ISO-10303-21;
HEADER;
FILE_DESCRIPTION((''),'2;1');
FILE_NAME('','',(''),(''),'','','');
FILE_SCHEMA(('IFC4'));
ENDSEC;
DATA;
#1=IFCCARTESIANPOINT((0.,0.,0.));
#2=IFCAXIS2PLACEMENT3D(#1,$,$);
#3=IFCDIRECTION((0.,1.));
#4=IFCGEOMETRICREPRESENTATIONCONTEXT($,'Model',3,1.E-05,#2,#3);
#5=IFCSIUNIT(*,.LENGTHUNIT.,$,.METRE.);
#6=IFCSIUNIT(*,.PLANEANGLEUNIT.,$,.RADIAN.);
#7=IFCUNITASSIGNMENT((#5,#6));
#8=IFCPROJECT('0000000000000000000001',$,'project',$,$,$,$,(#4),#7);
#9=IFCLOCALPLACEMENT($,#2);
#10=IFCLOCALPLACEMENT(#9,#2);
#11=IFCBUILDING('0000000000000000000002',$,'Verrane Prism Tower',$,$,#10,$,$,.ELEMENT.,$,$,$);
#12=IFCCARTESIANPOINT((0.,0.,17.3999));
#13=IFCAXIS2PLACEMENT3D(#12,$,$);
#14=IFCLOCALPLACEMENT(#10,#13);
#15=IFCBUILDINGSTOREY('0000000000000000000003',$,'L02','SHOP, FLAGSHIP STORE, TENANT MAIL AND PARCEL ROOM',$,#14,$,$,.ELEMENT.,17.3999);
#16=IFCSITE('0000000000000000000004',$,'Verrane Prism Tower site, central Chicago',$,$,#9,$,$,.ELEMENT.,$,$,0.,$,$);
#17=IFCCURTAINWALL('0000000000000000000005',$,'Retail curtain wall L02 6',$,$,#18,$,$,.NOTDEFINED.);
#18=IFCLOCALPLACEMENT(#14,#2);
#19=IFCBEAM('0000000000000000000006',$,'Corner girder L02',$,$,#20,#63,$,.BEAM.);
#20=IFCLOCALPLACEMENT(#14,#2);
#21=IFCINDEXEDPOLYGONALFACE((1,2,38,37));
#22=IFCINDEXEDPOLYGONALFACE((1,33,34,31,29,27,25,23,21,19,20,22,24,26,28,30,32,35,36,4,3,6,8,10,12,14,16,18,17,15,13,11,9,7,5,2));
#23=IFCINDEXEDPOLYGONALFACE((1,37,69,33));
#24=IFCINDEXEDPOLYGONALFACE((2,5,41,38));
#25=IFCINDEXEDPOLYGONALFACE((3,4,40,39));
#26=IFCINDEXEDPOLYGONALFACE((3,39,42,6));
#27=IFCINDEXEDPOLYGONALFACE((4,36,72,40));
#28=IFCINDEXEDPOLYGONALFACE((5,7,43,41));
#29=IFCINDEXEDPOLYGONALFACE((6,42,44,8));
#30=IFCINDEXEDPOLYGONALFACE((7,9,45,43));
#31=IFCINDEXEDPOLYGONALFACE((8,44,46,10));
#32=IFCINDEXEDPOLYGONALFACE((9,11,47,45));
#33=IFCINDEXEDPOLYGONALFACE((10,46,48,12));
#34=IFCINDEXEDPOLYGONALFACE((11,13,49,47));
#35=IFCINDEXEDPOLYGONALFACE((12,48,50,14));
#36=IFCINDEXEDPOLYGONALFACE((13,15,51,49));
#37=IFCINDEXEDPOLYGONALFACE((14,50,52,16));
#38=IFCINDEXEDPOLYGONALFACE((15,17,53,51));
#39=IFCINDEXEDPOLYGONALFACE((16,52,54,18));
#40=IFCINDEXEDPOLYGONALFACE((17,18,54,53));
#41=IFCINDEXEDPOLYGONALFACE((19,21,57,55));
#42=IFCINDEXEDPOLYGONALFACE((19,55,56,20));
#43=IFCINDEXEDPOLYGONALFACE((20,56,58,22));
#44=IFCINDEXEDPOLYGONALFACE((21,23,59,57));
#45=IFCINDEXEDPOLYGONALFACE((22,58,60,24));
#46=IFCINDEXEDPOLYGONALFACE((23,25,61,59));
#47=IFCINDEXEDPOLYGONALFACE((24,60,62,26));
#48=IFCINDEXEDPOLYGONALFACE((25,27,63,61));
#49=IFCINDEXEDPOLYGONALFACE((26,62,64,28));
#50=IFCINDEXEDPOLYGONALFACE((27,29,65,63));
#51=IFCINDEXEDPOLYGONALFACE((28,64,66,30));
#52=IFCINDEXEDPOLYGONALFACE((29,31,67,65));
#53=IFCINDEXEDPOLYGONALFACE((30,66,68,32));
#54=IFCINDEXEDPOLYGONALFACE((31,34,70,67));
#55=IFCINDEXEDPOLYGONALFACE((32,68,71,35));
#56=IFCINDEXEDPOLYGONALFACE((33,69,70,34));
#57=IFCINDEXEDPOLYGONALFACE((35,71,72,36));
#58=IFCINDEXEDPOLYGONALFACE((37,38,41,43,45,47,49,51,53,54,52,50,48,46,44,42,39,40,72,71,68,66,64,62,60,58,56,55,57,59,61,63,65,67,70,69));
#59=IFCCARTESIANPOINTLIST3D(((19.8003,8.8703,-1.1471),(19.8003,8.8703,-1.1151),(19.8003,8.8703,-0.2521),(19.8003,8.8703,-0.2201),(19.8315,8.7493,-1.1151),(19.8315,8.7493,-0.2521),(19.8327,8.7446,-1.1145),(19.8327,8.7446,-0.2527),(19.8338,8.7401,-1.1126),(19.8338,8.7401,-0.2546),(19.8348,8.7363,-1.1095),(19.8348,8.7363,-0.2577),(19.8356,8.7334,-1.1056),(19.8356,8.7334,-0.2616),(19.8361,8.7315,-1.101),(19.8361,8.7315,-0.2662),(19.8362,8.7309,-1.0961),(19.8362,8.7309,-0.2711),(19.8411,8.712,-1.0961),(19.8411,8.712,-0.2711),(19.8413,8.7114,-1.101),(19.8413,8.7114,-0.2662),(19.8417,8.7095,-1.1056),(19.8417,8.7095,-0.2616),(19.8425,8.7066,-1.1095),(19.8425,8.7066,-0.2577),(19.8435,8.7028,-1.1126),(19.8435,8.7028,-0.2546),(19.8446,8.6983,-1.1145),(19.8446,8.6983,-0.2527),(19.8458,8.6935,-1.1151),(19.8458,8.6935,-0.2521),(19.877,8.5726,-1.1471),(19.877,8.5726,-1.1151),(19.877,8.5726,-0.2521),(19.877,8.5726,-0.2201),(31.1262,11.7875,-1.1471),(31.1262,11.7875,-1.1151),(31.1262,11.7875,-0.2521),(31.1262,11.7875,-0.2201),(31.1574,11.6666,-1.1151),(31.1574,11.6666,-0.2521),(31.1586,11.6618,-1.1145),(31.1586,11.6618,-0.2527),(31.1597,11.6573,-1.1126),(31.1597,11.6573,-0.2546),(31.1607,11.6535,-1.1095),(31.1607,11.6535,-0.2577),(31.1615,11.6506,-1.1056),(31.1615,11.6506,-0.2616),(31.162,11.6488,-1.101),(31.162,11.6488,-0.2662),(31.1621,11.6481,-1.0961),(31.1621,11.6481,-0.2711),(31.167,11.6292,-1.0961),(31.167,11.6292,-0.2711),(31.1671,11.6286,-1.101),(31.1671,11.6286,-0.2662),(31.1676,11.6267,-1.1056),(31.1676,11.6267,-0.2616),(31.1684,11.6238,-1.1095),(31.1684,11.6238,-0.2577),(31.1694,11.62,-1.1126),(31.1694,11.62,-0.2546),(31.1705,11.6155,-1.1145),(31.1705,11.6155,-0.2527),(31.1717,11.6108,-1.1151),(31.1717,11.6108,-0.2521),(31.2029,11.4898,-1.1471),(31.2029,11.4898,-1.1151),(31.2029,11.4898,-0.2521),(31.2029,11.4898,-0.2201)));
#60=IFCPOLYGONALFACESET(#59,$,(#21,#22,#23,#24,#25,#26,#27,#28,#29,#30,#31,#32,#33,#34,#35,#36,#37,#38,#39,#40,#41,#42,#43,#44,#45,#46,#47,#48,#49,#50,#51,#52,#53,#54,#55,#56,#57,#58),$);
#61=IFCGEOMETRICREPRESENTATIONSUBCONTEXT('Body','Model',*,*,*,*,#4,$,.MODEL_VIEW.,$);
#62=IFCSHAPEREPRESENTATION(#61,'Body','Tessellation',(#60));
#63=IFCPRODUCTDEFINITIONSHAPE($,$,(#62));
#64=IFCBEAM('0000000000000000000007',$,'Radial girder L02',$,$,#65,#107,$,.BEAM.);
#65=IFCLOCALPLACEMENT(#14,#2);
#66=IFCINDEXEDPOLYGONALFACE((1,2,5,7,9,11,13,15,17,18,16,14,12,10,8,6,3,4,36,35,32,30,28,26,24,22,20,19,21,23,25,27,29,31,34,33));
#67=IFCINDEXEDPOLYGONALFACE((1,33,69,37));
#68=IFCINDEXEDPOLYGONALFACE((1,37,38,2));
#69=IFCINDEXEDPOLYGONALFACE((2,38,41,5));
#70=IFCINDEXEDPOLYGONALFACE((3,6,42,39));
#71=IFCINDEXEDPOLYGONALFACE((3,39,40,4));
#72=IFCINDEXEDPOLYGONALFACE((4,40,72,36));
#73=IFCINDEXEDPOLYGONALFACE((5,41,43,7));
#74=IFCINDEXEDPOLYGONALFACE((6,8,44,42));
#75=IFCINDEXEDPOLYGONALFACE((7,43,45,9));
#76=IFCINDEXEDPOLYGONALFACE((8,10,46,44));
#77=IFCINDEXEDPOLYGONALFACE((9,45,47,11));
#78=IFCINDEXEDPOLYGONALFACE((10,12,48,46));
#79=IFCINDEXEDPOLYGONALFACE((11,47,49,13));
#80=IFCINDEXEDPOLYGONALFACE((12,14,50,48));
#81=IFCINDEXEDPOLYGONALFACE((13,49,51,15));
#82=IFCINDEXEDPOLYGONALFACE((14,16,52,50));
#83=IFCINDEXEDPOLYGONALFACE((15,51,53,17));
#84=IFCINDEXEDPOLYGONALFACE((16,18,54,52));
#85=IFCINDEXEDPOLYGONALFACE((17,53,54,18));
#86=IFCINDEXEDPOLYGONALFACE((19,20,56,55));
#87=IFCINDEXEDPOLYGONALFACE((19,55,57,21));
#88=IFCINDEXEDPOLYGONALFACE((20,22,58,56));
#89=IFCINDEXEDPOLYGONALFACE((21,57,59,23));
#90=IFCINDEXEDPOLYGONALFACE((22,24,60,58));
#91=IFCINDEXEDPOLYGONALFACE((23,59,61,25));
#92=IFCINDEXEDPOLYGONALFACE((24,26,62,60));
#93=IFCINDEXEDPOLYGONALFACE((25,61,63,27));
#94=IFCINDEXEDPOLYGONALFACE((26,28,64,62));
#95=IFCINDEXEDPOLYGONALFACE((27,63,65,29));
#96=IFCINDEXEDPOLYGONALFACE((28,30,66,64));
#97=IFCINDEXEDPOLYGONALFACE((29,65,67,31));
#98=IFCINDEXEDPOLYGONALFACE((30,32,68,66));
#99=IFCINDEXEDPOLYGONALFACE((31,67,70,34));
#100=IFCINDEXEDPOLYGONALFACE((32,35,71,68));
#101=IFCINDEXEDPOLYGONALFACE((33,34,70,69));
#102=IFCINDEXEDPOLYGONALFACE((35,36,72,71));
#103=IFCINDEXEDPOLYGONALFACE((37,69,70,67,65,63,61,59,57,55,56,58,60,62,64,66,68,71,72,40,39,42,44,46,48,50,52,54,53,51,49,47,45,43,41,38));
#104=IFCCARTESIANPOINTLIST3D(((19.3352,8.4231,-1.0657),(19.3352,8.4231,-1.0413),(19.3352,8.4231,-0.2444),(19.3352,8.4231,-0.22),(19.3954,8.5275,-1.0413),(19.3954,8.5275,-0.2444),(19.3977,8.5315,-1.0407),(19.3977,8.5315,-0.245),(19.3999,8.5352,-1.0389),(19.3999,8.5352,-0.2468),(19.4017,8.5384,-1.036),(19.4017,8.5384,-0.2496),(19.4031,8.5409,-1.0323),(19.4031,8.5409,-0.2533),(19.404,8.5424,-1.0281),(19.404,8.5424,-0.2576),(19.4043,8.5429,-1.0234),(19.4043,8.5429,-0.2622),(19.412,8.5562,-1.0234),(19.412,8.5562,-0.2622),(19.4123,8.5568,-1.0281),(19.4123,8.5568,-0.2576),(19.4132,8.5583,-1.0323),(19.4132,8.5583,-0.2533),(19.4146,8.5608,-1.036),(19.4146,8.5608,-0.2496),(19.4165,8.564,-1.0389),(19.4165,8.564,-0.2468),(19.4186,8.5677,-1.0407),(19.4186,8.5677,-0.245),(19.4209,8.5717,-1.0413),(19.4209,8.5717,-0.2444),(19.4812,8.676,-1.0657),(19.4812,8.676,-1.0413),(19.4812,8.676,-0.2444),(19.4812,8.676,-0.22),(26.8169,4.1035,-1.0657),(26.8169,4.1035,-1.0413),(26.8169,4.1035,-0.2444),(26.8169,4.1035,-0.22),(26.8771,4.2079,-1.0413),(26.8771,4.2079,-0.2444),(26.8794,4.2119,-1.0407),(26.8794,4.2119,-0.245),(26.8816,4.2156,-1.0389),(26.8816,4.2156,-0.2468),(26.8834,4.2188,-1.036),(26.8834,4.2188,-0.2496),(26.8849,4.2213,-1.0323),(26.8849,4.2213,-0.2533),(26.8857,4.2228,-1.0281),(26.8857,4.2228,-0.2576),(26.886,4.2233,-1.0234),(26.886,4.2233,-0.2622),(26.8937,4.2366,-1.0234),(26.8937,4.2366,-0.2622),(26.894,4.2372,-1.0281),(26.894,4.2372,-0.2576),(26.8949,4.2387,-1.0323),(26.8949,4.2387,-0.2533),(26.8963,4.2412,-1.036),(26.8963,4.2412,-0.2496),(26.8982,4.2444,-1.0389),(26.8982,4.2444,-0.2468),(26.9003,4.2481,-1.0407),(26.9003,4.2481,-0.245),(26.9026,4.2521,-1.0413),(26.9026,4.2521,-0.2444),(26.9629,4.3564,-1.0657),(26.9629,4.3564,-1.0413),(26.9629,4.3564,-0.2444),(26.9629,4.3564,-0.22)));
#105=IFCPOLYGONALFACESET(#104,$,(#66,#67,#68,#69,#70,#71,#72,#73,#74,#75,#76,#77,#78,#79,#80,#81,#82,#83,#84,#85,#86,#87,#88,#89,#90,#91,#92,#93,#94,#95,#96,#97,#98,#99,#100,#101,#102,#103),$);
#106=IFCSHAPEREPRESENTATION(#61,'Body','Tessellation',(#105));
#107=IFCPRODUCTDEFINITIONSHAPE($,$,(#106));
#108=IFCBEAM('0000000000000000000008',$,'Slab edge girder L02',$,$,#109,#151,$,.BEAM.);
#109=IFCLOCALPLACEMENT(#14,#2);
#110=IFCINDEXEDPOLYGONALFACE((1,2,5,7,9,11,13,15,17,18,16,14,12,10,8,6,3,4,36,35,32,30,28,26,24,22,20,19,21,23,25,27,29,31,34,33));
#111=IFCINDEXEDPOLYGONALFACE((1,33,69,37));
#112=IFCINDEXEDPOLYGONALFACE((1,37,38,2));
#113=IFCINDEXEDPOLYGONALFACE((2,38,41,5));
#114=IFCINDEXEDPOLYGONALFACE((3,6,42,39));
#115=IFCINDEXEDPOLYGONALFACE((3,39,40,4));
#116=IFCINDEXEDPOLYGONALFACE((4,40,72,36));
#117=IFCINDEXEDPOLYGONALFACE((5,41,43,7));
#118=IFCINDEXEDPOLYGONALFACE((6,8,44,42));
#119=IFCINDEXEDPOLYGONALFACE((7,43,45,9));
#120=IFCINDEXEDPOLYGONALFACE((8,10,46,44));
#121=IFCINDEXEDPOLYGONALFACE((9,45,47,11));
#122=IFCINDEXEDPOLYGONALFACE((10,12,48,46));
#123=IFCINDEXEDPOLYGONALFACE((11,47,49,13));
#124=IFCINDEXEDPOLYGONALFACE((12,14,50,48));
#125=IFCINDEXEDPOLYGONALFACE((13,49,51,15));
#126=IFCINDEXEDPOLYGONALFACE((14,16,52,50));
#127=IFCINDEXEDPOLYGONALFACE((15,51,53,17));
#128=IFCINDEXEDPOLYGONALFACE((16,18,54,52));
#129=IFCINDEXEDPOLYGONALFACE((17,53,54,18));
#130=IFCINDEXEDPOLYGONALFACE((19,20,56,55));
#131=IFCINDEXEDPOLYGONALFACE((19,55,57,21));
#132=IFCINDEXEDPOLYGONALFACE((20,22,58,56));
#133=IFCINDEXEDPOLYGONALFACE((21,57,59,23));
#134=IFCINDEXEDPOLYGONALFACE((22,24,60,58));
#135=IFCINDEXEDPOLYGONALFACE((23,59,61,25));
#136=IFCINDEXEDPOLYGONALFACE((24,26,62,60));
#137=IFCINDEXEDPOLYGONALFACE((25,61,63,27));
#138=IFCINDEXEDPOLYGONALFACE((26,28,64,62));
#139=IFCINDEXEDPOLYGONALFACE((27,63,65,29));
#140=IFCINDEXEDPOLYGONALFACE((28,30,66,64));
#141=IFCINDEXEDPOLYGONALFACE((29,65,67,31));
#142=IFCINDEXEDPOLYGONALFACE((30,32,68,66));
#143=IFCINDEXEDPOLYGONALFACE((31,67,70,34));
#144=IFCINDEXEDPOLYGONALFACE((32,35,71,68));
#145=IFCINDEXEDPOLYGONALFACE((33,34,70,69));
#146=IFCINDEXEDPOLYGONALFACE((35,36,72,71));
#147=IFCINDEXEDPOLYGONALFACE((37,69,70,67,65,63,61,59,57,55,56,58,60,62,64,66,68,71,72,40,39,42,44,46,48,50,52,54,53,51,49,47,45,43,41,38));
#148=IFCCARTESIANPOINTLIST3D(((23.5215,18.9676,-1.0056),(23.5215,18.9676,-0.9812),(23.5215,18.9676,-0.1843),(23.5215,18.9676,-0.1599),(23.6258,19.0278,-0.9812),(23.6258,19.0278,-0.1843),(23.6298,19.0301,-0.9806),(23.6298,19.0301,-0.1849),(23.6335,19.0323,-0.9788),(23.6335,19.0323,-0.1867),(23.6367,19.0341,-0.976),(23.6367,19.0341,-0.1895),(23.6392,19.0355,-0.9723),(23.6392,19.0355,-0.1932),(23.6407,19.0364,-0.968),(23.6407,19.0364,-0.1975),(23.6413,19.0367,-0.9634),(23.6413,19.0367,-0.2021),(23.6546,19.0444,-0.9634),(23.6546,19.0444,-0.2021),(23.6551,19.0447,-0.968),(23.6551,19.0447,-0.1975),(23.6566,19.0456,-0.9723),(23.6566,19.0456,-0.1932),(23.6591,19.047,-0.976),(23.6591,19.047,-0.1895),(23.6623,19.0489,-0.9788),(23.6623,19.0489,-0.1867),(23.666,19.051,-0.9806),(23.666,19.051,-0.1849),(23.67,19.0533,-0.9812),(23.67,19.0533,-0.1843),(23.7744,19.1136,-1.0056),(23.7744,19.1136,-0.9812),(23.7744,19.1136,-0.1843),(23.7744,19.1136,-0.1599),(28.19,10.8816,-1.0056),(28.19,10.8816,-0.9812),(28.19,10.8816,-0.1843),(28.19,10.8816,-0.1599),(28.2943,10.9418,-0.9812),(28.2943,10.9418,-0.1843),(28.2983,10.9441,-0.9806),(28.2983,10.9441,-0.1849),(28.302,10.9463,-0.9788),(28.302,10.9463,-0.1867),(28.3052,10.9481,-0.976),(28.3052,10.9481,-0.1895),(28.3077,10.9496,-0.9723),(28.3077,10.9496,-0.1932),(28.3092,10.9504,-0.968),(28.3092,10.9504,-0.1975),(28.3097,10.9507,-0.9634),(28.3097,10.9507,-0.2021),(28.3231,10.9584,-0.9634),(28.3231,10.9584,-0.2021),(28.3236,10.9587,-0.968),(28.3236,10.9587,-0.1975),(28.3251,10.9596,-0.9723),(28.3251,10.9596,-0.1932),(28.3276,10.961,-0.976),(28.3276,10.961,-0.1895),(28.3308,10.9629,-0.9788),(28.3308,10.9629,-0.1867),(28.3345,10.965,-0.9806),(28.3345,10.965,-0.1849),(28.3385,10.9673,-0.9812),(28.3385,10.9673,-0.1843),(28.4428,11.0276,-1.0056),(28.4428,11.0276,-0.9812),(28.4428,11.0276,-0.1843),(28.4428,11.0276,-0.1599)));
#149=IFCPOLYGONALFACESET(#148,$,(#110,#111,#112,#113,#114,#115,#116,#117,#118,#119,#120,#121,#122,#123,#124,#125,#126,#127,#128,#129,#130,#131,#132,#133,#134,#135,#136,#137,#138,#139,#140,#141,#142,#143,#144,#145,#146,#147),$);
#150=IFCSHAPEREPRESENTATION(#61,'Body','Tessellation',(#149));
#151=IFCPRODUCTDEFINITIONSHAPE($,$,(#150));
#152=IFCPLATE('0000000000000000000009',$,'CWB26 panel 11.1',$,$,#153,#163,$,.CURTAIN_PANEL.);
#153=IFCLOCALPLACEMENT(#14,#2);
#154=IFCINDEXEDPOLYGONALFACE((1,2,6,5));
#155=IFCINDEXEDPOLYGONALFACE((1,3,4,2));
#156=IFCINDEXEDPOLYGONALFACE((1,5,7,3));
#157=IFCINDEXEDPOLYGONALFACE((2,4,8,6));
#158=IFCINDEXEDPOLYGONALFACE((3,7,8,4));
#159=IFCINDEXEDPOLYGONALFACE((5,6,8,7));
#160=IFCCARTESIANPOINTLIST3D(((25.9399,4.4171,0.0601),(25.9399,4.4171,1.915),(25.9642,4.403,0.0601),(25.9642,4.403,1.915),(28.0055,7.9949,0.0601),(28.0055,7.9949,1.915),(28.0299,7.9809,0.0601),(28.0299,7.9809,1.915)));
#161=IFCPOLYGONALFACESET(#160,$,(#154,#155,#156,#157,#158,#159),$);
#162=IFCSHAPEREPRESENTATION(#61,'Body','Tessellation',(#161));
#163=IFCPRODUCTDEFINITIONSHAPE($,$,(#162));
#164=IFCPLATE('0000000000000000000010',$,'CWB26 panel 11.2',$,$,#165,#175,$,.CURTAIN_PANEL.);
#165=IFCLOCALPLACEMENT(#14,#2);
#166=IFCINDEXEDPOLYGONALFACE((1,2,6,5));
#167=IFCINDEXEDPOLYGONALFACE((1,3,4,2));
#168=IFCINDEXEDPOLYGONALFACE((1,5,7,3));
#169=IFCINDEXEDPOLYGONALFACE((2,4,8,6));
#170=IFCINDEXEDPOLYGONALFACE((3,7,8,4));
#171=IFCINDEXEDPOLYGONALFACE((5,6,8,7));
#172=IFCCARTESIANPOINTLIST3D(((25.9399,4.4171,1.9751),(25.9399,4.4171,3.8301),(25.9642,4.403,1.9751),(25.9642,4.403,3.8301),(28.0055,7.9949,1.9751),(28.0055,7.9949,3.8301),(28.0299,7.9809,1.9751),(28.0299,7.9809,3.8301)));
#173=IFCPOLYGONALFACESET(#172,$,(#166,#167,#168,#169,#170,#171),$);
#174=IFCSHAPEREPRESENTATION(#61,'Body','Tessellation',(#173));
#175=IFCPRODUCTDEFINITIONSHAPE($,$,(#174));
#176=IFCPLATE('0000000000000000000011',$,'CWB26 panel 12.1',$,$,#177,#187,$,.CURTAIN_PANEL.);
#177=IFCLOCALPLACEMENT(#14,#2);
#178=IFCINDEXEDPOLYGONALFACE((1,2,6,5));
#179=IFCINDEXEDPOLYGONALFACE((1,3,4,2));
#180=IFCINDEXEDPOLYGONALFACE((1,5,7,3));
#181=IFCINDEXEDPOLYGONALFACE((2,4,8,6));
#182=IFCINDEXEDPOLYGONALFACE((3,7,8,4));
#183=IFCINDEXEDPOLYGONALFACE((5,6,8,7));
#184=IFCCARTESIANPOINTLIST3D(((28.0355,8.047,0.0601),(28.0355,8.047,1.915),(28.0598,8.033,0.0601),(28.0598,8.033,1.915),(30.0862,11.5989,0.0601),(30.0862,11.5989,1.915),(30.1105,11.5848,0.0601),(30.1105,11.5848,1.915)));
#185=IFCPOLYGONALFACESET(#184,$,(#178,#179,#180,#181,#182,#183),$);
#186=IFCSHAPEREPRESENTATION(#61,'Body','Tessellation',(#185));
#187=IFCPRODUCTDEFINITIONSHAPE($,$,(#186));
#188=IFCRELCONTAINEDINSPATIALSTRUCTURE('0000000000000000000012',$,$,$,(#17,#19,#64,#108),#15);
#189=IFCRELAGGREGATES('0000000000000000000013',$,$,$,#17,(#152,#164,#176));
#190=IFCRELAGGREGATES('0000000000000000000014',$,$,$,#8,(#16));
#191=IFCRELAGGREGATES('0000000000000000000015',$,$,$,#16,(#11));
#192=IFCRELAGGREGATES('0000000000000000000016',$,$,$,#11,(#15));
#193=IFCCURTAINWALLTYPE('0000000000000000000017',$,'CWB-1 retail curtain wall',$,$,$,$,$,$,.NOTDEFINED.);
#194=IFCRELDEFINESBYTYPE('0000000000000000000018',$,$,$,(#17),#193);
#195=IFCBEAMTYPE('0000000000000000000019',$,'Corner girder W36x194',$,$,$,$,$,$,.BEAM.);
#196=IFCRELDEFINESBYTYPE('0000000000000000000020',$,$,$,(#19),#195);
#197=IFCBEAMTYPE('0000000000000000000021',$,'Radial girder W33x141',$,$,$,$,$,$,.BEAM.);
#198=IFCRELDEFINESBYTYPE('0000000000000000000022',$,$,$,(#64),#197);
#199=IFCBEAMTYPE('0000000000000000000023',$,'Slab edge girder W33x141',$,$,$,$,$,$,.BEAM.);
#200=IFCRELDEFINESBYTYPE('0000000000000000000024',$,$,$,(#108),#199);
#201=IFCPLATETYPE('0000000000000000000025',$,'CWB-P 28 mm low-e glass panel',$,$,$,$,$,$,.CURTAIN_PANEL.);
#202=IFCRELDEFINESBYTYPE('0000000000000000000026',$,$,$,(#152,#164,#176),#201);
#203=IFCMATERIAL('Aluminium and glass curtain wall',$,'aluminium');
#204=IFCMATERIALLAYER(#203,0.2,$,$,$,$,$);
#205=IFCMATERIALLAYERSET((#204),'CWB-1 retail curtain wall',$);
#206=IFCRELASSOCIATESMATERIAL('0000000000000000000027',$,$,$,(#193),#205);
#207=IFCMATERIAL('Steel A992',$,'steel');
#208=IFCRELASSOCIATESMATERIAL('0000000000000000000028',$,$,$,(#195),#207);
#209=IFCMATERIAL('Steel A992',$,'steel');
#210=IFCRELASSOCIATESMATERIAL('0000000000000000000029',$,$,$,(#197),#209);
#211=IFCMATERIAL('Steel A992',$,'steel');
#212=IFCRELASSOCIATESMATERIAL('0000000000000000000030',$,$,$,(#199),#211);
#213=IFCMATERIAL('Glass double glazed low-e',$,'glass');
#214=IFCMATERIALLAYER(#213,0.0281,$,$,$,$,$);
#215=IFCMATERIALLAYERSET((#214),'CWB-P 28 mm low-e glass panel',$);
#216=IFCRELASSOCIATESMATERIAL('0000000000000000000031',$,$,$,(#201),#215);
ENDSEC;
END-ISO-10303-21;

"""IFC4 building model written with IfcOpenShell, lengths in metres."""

from ifc_helpers import new_model, si_unit, direction, frame, origin, origin_2d, place, context, subcontext, project, spatial, rectangle, i_section, extrude, material, layer, layer_set, material_profile, profile_set, type_object, element, aggregate, save


model = new_model("IFC4")

# Units and contexts
model_context = context("Model", 3, precision=1e-05, world=origin(), true_north=direction((0.0, 1.0)))
body_context = subcontext(model_context, "Body", "Model", "MODEL_VIEW")
ifc_project = project(units=[si_unit("LENGTHUNIT", "METRE"), si_unit("PLANEANGLEUNIT", "RADIAN")], contexts=[model_context])

# Site, building, storey
site_placement = place(None, origin())
site = spatial("IfcSite", under=ifc_project, at=site_placement, Name="Verrane Prism Tower site, central Chicago", CompositionType="ELEMENT", RefElevation=0.0)
building_placement = place(site_placement, origin())
building = spatial("IfcBuilding", under=site, at=building_placement, Name="Verrane Prism Tower", CompositionType="ELEMENT")
storey_placement = place(building_placement, frame((0.0, 0.0, 17.3999)))
storey = spatial("IfcBuildingStorey", under=building, at=storey_placement, Name="L02", Description="SHOP, FLAGSHIP STORE, TENANT MAIL AND PARCEL ROOM", CompositionType="ELEMENT", Elevation=17.3999)

# Shared definitions
ifc_material_1 = material(Name="Aluminium and glass curtain wall", Category="aluminium")
ifc_layer_1 = layer(ifc_material_1, 0.2)
ifc_layer_set_1 = layer_set([ifc_layer_1], Name="CWB-1 retail curtain wall")
curtain_wall_type = type_object("IfcCurtainWallType", Name="CWB-1 retail curtain wall", PredefinedType="NOTDEFINED", material=ifc_layer_set_1)

# Curtain wall
curtain_wall_1_placement = place(storey_placement, origin())
curtain_wall_1 = element("IfcCurtainWall", 1, at=curtain_wall_1_placement, inside=storey, type_object=curtain_wall_type, Name="Retail curtain wall L02 6", PredefinedType="NOTDEFINED")

# Beams
ifc_material_2 = material(Name="Steel A992", Category="steel")
ifc_material_profile_1 = material_profile(ifc_material_2, i_section(OverallWidth=0.3074, OverallDepth=0.927, WebThickness=0.0195, FlangeThickness=0.032, FilletRadius=0.019, at=origin_2d()), Name="W36x194")
ifc_profile_set_1 = profile_set([ifc_material_profile_1], Name="Steel A992")
beam_type_1 = type_object("IfcBeamType", Name="Corner girder W36x194", PredefinedType="BEAM", material=ifc_profile_set_1)
beam_1_placement = place(storey_placement, frame((31.1646, 11.6387, -0.6836), z_axis=(-0.968393, -0.24943, 0.0), x_axis=(0.24943, -0.968393, 0.0)))
element("IfcBeam", 2, at=beam_1_placement, inside=storey, type_object=beam_type_1, Name="Corner girder L02", PredefinedType="BEAM", context=body_context, shape_type="SweptSolid", body=[
    extrude(i_section(OverallWidth=0.3074, OverallDepth=0.927, WebThickness=0.0195, FlangeThickness=0.032, FilletRadius=0.019, at=origin_2d()), origin(), (0.0, 0.0, 1.0), 11.6956),
])
ifc_material_3 = material(Name="Steel A992", Category="steel")
ifc_material_profile_2 = material_profile(ifc_material_3, i_section(OverallWidth=0.292, OverallDepth=0.8457, WebThickness=0.0154, FlangeThickness=0.0244, FilletRadius=0.0178, at=origin_2d()), Name="W33x141")
ifc_profile_set_2 = profile_set([ifc_material_profile_2], Name="Steel A992")
beam_type_2 = type_object("IfcBeamType", Name="Radial girder W33x141", PredefinedType="BEAM", material=ifc_profile_set_2)
beam_2_placement = place(storey_placement, frame((26.8899, 4.23, -0.6428), z_axis=(-0.866024, 0.500002, 0.0), x_axis=(-0.500002, -0.866024, 0.0)))
element("IfcBeam", 3, at=beam_2_placement, inside=storey, type_object=beam_type_2, Name="Radial girder L02", PredefinedType="BEAM", context=body_context, shape_type="SweptSolid", body=[
    extrude(i_section(OverallWidth=0.292, OverallDepth=0.8457, WebThickness=0.0154, FlangeThickness=0.0244, FilletRadius=0.0178, at=origin_2d()), origin(), (0.0, 0.0, 1.0), 8.6392),
])
ifc_material_4 = material(Name="Steel A992", Category="steel")
ifc_material_profile_3 = material_profile(ifc_material_4, i_section(OverallWidth=0.292, OverallDepth=0.8457, WebThickness=0.0154, FlangeThickness=0.0244, FilletRadius=0.0178, at=origin_2d()), Name="W33x141")
ifc_profile_set_3 = profile_set([ifc_material_profile_3], Name="Steel A992")
beam_type_3 = type_object("IfcBeamType", Name="Slab edge girder W33x141", PredefinedType="BEAM", material=ifc_profile_set_3)
beam_3_placement = place(storey_placement, frame((28.3164, 10.9546, -0.5828), z_axis=(-0.500003, 0.866024, 0.0), x_axis=(-0.866024, -0.500003, 0.0)))
element("IfcBeam", 4, at=beam_3_placement, inside=storey, type_object=beam_type_3, Name="Slab edge girder L02", PredefinedType="BEAM", context=body_context, shape_type="SweptSolid", body=[
    extrude(i_section(OverallWidth=0.292, OverallDepth=0.8457, WebThickness=0.0154, FlangeThickness=0.0244, FilletRadius=0.0178, at=origin_2d()), origin(), (0.0, 0.0, 1.0), 9.3369),
])

# Plates
ifc_material_5 = material(Name="Glass double glazed low-e", Category="glass")
ifc_layer_2 = layer(ifc_material_5, 0.0281)
ifc_layer_set_2 = layer_set([ifc_layer_2], Name="CWB-P 28 mm low-e glass panel")
plate_type = type_object("IfcPlateType", Name="CWB-P 28 mm low-e glass panel", PredefinedType="CURTAIN_PANEL", material=ifc_layer_set_2)
plate_1_placement = place(storey_placement, frame((26.9849, 6.199, 0.0601), z_axis=(0.0, 0.0, 1.0), x_axis=(0.5, 0.866025, 0.0)))
plate_1 = element("IfcPlate", 5, at=plate_1_placement, type_object=plate_type, Name="CWB26 panel 11.1", PredefinedType="CURTAIN_PANEL", context=body_context, shape_type="SweptSolid", body=[
    extrude(rectangle(XDim=4.1313, YDim=0.0281, at=origin_2d()), origin(), (0.0, 0.0, 1.0), 1.855),
])
plate_2_placement = place(storey_placement, frame((26.9849, 6.199, 1.9751), z_axis=(0.0, 0.0, 1.0), x_axis=(0.5, 0.866025, 0.0)))
plate_2 = element("IfcPlate", 6, at=plate_2_placement, type_object=plate_type, Name="CWB26 panel 11.2", PredefinedType="CURTAIN_PANEL", context=body_context, shape_type="SweptSolid", body=[
    extrude(rectangle(XDim=4.1313, YDim=0.0281, at=origin_2d()), origin(), (0.0, 0.0, 1.0), 1.855),
])
plate_3_placement = place(storey_placement, frame((29.073, 9.8159, 0.0601), z_axis=(0.0, 0.0, 1.0), x_axis=(0.5, 0.866025, 0.0)))
plate_3 = element("IfcPlate", 7, at=plate_3_placement, type_object=plate_type, Name="CWB26 panel 12.1", PredefinedType="CURTAIN_PANEL", context=body_context, shape_type="SweptSolid", body=[
    extrude(rectangle(XDim=4.1013, YDim=0.0281, at=origin_2d()), origin(), (0.0, 0.0, 1.0), 1.855),
])
aggregate(curtain_wall_1, [plate_1, plate_2, plate_3])

save(model, "model.ifc")
